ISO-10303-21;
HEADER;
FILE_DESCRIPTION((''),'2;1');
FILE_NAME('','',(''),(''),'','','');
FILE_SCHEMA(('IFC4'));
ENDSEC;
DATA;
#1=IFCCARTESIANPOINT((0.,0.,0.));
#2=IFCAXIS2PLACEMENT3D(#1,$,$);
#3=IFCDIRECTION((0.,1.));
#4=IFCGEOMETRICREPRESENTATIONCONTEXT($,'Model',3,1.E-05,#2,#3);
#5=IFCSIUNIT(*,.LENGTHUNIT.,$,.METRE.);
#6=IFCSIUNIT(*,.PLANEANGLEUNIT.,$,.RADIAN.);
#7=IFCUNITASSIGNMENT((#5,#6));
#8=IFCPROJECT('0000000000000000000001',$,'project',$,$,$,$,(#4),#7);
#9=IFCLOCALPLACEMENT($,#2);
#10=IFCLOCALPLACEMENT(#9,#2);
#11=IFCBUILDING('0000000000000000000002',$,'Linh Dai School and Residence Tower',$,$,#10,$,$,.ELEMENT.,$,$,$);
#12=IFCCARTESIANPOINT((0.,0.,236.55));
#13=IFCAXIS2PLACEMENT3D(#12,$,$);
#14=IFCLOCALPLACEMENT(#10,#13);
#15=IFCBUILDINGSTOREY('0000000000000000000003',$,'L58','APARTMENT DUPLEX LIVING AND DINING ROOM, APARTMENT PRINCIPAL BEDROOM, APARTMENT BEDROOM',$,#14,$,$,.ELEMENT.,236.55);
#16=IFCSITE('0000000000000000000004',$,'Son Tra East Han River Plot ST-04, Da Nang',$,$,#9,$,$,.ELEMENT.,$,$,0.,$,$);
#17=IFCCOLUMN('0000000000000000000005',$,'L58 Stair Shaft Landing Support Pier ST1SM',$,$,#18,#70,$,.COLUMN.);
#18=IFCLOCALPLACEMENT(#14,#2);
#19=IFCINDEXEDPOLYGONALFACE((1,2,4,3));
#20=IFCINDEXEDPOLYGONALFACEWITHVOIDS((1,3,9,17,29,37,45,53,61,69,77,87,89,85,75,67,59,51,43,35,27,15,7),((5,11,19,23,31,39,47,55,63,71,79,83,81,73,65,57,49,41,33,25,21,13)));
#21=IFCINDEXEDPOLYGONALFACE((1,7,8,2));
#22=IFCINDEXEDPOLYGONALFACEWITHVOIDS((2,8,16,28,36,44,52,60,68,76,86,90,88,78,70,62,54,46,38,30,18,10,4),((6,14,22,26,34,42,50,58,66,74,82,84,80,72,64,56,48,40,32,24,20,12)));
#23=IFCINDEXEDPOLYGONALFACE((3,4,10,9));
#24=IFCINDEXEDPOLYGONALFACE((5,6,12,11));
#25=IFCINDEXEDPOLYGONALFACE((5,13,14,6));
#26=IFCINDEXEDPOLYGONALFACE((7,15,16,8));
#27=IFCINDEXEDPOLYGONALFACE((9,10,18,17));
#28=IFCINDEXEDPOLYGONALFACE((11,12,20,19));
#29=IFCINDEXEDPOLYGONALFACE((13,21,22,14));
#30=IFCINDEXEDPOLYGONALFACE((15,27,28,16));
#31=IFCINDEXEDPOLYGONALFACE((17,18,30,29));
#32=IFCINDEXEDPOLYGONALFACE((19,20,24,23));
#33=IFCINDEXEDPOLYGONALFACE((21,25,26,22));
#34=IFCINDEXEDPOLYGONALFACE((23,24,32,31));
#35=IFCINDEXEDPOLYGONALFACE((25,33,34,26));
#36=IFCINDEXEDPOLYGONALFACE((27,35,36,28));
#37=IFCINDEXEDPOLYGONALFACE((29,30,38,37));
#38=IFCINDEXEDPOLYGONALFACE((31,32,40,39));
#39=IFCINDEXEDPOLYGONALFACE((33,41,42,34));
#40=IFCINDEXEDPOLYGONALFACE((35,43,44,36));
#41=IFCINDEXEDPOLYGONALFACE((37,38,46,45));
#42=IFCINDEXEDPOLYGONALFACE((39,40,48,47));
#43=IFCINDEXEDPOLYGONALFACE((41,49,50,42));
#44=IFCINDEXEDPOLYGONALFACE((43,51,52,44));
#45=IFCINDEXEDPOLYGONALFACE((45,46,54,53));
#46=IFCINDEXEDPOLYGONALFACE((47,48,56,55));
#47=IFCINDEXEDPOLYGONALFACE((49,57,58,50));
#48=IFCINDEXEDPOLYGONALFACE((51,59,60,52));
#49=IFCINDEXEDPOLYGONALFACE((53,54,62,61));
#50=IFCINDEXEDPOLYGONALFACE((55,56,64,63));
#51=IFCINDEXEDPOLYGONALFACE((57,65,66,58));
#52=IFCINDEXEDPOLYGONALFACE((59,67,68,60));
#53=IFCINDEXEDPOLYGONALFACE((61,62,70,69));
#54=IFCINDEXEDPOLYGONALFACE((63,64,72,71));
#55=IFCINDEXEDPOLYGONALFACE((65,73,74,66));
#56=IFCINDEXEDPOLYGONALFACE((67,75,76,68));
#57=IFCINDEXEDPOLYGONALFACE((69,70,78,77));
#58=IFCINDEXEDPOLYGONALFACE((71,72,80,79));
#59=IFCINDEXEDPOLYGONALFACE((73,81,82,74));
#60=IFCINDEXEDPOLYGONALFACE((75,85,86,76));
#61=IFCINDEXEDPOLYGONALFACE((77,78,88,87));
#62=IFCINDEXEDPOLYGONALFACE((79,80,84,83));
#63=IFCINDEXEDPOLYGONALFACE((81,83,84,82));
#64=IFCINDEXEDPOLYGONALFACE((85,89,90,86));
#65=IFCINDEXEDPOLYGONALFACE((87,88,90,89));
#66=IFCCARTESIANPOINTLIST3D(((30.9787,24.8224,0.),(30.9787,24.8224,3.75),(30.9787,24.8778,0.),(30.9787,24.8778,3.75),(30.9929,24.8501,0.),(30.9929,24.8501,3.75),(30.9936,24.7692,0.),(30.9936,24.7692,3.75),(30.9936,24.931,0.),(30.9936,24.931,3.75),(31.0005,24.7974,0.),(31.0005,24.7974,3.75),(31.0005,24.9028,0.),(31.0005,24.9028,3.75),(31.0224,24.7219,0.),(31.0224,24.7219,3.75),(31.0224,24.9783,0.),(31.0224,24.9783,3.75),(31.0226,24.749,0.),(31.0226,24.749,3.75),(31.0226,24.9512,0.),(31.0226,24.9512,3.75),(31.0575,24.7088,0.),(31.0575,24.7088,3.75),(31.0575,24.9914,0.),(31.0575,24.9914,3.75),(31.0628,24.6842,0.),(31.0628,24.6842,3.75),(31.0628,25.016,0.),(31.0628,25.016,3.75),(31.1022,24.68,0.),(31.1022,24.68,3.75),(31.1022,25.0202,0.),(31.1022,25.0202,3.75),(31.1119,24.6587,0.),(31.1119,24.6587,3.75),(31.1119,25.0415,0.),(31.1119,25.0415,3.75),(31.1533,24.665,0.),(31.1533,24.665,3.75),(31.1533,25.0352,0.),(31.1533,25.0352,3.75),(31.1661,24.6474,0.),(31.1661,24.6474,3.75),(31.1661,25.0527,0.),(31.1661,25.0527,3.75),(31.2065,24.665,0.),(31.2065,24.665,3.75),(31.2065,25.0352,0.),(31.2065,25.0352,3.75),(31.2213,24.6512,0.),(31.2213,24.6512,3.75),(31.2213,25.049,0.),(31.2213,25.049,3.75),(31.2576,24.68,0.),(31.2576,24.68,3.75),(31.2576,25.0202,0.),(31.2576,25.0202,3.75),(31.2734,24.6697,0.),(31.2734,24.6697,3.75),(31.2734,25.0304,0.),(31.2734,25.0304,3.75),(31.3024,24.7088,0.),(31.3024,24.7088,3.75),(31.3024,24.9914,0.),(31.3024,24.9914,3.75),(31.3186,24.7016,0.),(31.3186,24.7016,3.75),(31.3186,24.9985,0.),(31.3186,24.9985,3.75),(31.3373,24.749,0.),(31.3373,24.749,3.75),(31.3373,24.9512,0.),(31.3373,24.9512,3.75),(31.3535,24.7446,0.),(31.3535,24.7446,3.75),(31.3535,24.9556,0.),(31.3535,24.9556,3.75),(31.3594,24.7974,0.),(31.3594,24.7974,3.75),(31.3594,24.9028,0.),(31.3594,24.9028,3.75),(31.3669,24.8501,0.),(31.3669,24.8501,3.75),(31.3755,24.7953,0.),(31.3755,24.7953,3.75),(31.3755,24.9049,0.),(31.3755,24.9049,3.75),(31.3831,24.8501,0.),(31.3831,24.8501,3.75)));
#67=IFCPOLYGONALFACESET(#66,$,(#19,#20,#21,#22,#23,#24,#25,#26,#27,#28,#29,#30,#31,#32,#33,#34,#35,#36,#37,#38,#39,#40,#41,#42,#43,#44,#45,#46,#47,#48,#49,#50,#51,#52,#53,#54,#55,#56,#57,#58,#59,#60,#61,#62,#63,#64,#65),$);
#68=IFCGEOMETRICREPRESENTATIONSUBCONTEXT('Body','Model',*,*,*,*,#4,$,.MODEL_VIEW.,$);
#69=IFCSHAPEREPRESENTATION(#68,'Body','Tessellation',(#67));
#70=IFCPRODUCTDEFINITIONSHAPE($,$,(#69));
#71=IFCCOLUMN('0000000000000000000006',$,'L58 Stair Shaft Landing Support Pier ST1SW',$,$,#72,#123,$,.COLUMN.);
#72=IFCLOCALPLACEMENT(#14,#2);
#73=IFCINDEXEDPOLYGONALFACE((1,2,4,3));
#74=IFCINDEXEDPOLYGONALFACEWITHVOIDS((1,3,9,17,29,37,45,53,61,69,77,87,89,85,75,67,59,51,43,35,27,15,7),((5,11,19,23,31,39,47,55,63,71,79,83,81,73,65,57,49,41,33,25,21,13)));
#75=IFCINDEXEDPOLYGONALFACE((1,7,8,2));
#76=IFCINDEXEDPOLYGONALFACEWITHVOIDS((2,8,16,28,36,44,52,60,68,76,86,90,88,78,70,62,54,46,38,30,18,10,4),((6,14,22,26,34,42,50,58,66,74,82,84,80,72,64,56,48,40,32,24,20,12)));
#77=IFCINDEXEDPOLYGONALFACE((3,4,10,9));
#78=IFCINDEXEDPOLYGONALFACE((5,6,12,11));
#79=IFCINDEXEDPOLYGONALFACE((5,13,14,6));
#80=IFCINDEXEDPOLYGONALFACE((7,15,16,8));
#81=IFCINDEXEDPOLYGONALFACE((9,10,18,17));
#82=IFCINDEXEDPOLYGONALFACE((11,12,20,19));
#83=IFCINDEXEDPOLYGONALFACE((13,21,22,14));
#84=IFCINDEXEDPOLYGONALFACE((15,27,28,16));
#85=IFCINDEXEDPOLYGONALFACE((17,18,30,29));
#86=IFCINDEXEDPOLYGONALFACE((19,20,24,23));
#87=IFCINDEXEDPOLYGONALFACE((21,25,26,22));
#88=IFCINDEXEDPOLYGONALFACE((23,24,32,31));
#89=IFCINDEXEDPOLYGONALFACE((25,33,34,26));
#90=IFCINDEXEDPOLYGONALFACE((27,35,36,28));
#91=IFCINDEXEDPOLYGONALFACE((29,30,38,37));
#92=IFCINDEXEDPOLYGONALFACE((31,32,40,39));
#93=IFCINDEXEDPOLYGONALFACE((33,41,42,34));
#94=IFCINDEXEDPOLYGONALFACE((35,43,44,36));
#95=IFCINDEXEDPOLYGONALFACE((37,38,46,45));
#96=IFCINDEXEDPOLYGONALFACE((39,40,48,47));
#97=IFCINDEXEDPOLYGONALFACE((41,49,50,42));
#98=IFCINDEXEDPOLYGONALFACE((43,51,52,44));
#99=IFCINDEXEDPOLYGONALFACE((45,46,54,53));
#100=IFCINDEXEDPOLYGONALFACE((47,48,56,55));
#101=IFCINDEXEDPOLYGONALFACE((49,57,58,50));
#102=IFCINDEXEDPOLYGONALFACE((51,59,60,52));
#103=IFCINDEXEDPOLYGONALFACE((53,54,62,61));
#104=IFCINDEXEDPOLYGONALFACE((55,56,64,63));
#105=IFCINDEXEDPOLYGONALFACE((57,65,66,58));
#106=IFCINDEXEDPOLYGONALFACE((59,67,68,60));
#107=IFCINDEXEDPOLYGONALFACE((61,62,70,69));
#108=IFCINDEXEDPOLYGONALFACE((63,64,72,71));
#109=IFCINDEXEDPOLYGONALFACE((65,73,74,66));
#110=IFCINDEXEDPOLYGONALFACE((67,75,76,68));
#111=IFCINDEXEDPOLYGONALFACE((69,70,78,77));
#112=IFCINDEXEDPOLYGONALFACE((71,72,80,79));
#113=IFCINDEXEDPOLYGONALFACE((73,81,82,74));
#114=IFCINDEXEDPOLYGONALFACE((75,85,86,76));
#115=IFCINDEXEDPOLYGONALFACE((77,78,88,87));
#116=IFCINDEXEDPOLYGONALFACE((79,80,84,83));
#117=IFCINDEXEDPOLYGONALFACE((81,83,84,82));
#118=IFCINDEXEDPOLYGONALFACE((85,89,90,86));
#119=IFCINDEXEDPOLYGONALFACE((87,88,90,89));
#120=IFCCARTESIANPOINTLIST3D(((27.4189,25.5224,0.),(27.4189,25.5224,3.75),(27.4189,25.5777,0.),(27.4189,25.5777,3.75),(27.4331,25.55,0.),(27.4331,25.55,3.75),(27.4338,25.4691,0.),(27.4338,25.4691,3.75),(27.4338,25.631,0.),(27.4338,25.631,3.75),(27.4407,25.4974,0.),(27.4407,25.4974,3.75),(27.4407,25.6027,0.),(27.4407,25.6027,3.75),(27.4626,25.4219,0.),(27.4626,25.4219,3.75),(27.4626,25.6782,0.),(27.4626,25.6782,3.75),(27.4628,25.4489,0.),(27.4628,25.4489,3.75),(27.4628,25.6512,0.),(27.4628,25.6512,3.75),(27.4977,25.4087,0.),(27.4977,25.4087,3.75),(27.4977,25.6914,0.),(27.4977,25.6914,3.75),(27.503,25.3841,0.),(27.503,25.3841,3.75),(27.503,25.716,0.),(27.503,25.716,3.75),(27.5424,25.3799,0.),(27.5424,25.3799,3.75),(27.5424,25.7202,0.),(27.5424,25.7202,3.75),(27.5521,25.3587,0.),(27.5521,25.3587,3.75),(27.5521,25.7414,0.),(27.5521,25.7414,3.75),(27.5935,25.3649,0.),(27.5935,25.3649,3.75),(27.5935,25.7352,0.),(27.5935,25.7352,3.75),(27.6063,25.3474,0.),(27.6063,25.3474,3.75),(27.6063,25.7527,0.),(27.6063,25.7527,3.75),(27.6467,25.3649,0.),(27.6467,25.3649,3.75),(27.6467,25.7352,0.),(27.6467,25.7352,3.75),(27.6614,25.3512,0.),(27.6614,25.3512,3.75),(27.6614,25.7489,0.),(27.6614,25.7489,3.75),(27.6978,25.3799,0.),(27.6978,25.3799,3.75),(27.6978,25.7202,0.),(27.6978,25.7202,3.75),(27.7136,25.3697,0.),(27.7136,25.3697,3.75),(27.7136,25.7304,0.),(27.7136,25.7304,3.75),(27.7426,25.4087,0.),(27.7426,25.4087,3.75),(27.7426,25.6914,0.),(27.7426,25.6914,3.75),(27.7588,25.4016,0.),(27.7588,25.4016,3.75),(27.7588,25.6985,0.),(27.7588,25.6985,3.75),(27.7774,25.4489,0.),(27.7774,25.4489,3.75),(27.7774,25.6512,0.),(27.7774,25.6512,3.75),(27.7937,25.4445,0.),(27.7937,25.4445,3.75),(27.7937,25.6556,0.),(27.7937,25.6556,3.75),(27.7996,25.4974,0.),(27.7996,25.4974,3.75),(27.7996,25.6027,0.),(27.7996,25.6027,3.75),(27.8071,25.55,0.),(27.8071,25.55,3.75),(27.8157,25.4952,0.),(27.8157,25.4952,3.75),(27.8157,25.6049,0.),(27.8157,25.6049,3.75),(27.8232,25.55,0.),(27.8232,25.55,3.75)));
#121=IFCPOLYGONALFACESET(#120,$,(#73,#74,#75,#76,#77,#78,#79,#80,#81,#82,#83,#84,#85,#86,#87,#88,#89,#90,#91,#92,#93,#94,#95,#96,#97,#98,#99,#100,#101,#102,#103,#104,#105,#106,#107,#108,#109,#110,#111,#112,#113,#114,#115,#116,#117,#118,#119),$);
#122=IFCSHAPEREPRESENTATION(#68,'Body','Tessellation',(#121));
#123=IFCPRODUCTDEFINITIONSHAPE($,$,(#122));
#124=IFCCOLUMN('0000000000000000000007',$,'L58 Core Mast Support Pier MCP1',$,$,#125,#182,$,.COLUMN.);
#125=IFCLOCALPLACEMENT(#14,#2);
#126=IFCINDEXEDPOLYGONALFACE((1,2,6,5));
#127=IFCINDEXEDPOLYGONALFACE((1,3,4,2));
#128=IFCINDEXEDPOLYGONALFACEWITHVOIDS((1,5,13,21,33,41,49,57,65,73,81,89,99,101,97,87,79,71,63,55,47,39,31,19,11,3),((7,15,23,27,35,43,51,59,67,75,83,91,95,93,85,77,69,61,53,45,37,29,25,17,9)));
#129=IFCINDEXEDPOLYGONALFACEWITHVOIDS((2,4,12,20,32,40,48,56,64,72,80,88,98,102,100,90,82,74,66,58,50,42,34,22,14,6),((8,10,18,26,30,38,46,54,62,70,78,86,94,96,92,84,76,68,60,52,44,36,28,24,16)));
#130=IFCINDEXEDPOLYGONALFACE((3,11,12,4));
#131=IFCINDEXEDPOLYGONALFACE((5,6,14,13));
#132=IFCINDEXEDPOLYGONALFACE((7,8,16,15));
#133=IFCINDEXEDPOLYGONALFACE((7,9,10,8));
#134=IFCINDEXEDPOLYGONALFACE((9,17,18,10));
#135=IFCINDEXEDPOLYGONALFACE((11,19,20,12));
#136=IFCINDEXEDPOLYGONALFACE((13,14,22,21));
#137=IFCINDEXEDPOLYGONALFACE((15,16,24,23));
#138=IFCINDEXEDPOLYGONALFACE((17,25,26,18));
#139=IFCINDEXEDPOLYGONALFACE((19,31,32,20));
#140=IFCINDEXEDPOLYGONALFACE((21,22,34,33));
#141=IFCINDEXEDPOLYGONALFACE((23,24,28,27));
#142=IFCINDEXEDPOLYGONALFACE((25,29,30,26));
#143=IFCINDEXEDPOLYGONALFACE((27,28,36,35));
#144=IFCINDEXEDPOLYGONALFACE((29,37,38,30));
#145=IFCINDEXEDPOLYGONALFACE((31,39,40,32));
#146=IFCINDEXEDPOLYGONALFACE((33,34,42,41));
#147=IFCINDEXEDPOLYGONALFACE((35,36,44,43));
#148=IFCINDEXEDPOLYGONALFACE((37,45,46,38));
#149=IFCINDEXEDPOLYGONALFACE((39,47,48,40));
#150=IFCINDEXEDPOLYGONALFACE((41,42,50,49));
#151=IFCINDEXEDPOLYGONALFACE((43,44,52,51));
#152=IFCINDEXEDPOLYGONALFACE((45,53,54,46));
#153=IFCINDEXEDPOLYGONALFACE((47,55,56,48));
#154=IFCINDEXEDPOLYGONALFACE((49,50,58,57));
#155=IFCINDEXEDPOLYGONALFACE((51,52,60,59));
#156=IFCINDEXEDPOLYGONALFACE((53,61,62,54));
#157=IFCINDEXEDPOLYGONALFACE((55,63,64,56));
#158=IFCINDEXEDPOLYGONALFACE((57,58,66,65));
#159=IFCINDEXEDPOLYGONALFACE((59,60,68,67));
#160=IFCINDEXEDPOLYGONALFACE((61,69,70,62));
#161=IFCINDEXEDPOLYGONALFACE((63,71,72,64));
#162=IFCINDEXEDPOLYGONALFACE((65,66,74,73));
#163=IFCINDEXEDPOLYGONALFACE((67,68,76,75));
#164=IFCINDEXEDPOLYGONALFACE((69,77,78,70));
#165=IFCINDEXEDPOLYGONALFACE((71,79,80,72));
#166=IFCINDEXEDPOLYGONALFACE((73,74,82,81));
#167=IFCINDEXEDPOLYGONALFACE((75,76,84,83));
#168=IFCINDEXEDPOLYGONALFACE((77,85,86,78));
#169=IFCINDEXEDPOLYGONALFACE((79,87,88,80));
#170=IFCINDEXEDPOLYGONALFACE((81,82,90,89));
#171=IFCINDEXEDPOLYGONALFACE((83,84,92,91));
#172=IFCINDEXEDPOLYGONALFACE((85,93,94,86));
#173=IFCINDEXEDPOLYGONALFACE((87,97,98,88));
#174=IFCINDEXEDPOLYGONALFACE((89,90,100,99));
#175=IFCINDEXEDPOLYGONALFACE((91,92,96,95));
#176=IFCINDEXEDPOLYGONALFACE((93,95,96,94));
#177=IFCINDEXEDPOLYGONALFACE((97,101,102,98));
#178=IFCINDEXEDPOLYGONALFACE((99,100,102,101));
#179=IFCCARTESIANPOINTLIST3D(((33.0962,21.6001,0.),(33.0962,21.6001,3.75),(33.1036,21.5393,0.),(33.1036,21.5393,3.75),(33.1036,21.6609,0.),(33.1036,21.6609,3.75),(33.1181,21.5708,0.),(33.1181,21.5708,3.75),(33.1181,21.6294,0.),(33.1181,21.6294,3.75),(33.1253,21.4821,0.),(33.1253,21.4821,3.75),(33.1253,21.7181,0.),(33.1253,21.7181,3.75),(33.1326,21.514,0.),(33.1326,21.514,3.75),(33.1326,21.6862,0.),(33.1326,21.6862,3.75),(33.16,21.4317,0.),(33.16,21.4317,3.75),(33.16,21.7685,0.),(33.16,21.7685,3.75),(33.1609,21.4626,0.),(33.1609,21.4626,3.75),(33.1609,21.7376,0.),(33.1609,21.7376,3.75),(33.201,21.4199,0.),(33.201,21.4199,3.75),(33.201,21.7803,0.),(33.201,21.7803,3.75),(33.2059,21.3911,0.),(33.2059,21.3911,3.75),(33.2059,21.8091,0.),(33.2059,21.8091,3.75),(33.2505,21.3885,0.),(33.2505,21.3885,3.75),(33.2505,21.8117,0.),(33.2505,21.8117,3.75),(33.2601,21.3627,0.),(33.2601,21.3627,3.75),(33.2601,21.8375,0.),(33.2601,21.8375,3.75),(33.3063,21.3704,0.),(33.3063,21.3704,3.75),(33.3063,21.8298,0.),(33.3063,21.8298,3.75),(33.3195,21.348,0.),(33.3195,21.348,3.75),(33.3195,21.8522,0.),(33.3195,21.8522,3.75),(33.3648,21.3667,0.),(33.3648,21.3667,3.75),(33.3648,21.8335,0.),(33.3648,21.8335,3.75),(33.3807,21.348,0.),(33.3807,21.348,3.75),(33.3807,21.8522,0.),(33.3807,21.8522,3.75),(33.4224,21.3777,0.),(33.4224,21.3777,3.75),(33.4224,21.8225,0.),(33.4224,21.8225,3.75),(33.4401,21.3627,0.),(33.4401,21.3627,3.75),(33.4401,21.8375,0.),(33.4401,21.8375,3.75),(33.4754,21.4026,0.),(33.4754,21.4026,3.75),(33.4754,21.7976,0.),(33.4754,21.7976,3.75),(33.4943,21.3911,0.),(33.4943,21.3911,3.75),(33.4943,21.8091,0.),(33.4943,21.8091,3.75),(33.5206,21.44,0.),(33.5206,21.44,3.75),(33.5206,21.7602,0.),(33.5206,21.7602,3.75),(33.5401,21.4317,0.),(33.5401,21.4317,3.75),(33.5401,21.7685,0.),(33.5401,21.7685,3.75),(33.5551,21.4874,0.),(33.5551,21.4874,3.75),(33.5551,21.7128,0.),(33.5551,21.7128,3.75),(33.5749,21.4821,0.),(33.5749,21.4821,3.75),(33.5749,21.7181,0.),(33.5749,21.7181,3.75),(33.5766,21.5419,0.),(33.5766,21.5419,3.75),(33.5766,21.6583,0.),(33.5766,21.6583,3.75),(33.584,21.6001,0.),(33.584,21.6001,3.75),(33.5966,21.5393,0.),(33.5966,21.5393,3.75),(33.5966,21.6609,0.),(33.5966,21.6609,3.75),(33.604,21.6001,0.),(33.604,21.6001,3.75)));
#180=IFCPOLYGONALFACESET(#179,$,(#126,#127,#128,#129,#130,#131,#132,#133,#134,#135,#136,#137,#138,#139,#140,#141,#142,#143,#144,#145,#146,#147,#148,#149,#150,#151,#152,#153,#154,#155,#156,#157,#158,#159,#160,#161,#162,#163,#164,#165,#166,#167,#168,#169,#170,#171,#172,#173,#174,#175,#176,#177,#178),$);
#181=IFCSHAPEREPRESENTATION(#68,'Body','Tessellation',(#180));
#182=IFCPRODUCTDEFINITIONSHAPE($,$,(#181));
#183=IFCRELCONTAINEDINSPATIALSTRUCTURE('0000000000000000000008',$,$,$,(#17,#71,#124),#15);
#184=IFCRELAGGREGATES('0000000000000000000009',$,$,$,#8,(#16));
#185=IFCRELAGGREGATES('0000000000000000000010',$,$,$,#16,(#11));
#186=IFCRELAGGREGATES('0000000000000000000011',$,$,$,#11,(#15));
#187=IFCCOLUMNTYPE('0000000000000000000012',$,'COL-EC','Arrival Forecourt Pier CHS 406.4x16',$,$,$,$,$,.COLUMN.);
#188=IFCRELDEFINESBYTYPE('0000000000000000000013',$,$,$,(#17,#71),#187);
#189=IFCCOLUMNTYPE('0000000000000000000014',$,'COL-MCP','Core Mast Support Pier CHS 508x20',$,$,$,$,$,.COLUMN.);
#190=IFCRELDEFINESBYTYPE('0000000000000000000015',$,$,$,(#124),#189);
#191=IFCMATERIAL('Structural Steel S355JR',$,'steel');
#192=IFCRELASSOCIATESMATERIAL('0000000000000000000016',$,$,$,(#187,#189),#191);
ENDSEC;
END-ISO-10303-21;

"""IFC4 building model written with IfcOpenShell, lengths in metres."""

from ifc_helpers import new_model, si_unit, direction, frame, origin, origin_2d, place, context, subcontext, project, spatial, hollow_circle, extrude, material, material_profile, profile_set, type_object, element, save


model = new_model("IFC4")

# Units and contexts
model_context = context("Model", 3, precision=1e-05, world=origin(), true_north=direction((0.0, 1.0)))
body_context = subcontext(model_context, "Body", "Model", "MODEL_VIEW")
ifc_project = project(units=[si_unit("LENGTHUNIT", "METRE"), si_unit("PLANEANGLEUNIT", "RADIAN")], contexts=[model_context])

# Site, building, storey
site_placement = place(None, origin())
site = spatial("IfcSite", under=ifc_project, at=site_placement, Name="Son Tra East Han River Plot ST-04, Da Nang", CompositionType="ELEMENT", RefElevation=0.0)
building_placement = place(site_placement, origin())
building = spatial("IfcBuilding", under=site, at=building_placement, Name="Linh Dai School and Residence Tower", CompositionType="ELEMENT")
storey_placement = place(building_placement, frame((0.0, 0.0, 236.55)))
storey = spatial("IfcBuildingStorey", under=building, at=storey_placement, Name="L58", Description="APARTMENT DUPLEX LIVING AND DINING ROOM, APARTMENT PRINCIPAL BEDROOM, APARTMENT BEDROOM", CompositionType="ELEMENT", Elevation=236.55)

# Columns
ifc_material_1 = material(Name="Structural Steel S355JR", Category="steel")
ifc_material_profile_1 = material_profile(ifc_material_1, hollow_circle(Radius=0.2031, WallThickness=0.0161, at=origin_2d()), Name="CHS 406.4x16")
ifc_profile_set_1 = profile_set([ifc_material_profile_1], Name="Structural Steel S355JR")
column_type_1 = type_object("IfcColumnType", Name="COL-EC", Description="Arrival Forecourt Pier CHS 406.4x16", PredefinedType="COLUMN", material=ifc_profile_set_1)
for number, where, z_axis, x_axis, name in (
    (1, (31.1799, 24.8501, 0.0), (0.0, 0.0, 1.0), (1.0, 0.0, 0.0), "L58 Stair Shaft Landing Support Pier ST1SM"),
    (2, (27.6201, 25.55, 0.0), (0.0, 0.0, 1.0), (1.0, 0.0, 0.0), "L58 Stair Shaft Landing Support Pier ST1SW"),
):
    element("IfcColumn", number, at=place(storey_placement, frame(where, z_axis=z_axis, x_axis=x_axis)), inside=storey, type_object=column_type_1, Name=name, PredefinedType="COLUMN", context=body_context, shape_type="SweptSolid", body=[
        extrude(hollow_circle(Radius=0.2031, WallThickness=0.0161, at=origin_2d()), origin(), (0.0, 0.0, 1.0), 3.75),
    ])
ifc_material_profile_2 = material_profile(ifc_material_1, hollow_circle(Radius=0.2539, WallThickness=0.02, at=origin_2d()), Name="CHS 508x20")
ifc_profile_set_2 = profile_set([ifc_material_profile_2], Name="Structural Steel S355JR")
column_type_2 = type_object("IfcColumnType", Name="COL-MCP", Description="Core Mast Support Pier CHS 508x20", PredefinedType="COLUMN", material=ifc_profile_set_2)
column_placement = place(storey_placement, frame((33.3501, 21.6001, 0.0), z_axis=(0.0, 0.0, 1.0), x_axis=(1.0, 0.0, 0.0)))
element("IfcColumn", 3, at=column_placement, inside=storey, type_object=column_type_2, Name="L58 Core Mast Support Pier MCP1", PredefinedType="COLUMN", context=body_context, shape_type="SweptSolid", body=[
    extrude(hollow_circle(Radius=0.2539, WallThickness=0.02, at=origin_2d()), origin(), (0.0, 0.0, 1.0), 3.75),
])

save(model, "model.ifc")
